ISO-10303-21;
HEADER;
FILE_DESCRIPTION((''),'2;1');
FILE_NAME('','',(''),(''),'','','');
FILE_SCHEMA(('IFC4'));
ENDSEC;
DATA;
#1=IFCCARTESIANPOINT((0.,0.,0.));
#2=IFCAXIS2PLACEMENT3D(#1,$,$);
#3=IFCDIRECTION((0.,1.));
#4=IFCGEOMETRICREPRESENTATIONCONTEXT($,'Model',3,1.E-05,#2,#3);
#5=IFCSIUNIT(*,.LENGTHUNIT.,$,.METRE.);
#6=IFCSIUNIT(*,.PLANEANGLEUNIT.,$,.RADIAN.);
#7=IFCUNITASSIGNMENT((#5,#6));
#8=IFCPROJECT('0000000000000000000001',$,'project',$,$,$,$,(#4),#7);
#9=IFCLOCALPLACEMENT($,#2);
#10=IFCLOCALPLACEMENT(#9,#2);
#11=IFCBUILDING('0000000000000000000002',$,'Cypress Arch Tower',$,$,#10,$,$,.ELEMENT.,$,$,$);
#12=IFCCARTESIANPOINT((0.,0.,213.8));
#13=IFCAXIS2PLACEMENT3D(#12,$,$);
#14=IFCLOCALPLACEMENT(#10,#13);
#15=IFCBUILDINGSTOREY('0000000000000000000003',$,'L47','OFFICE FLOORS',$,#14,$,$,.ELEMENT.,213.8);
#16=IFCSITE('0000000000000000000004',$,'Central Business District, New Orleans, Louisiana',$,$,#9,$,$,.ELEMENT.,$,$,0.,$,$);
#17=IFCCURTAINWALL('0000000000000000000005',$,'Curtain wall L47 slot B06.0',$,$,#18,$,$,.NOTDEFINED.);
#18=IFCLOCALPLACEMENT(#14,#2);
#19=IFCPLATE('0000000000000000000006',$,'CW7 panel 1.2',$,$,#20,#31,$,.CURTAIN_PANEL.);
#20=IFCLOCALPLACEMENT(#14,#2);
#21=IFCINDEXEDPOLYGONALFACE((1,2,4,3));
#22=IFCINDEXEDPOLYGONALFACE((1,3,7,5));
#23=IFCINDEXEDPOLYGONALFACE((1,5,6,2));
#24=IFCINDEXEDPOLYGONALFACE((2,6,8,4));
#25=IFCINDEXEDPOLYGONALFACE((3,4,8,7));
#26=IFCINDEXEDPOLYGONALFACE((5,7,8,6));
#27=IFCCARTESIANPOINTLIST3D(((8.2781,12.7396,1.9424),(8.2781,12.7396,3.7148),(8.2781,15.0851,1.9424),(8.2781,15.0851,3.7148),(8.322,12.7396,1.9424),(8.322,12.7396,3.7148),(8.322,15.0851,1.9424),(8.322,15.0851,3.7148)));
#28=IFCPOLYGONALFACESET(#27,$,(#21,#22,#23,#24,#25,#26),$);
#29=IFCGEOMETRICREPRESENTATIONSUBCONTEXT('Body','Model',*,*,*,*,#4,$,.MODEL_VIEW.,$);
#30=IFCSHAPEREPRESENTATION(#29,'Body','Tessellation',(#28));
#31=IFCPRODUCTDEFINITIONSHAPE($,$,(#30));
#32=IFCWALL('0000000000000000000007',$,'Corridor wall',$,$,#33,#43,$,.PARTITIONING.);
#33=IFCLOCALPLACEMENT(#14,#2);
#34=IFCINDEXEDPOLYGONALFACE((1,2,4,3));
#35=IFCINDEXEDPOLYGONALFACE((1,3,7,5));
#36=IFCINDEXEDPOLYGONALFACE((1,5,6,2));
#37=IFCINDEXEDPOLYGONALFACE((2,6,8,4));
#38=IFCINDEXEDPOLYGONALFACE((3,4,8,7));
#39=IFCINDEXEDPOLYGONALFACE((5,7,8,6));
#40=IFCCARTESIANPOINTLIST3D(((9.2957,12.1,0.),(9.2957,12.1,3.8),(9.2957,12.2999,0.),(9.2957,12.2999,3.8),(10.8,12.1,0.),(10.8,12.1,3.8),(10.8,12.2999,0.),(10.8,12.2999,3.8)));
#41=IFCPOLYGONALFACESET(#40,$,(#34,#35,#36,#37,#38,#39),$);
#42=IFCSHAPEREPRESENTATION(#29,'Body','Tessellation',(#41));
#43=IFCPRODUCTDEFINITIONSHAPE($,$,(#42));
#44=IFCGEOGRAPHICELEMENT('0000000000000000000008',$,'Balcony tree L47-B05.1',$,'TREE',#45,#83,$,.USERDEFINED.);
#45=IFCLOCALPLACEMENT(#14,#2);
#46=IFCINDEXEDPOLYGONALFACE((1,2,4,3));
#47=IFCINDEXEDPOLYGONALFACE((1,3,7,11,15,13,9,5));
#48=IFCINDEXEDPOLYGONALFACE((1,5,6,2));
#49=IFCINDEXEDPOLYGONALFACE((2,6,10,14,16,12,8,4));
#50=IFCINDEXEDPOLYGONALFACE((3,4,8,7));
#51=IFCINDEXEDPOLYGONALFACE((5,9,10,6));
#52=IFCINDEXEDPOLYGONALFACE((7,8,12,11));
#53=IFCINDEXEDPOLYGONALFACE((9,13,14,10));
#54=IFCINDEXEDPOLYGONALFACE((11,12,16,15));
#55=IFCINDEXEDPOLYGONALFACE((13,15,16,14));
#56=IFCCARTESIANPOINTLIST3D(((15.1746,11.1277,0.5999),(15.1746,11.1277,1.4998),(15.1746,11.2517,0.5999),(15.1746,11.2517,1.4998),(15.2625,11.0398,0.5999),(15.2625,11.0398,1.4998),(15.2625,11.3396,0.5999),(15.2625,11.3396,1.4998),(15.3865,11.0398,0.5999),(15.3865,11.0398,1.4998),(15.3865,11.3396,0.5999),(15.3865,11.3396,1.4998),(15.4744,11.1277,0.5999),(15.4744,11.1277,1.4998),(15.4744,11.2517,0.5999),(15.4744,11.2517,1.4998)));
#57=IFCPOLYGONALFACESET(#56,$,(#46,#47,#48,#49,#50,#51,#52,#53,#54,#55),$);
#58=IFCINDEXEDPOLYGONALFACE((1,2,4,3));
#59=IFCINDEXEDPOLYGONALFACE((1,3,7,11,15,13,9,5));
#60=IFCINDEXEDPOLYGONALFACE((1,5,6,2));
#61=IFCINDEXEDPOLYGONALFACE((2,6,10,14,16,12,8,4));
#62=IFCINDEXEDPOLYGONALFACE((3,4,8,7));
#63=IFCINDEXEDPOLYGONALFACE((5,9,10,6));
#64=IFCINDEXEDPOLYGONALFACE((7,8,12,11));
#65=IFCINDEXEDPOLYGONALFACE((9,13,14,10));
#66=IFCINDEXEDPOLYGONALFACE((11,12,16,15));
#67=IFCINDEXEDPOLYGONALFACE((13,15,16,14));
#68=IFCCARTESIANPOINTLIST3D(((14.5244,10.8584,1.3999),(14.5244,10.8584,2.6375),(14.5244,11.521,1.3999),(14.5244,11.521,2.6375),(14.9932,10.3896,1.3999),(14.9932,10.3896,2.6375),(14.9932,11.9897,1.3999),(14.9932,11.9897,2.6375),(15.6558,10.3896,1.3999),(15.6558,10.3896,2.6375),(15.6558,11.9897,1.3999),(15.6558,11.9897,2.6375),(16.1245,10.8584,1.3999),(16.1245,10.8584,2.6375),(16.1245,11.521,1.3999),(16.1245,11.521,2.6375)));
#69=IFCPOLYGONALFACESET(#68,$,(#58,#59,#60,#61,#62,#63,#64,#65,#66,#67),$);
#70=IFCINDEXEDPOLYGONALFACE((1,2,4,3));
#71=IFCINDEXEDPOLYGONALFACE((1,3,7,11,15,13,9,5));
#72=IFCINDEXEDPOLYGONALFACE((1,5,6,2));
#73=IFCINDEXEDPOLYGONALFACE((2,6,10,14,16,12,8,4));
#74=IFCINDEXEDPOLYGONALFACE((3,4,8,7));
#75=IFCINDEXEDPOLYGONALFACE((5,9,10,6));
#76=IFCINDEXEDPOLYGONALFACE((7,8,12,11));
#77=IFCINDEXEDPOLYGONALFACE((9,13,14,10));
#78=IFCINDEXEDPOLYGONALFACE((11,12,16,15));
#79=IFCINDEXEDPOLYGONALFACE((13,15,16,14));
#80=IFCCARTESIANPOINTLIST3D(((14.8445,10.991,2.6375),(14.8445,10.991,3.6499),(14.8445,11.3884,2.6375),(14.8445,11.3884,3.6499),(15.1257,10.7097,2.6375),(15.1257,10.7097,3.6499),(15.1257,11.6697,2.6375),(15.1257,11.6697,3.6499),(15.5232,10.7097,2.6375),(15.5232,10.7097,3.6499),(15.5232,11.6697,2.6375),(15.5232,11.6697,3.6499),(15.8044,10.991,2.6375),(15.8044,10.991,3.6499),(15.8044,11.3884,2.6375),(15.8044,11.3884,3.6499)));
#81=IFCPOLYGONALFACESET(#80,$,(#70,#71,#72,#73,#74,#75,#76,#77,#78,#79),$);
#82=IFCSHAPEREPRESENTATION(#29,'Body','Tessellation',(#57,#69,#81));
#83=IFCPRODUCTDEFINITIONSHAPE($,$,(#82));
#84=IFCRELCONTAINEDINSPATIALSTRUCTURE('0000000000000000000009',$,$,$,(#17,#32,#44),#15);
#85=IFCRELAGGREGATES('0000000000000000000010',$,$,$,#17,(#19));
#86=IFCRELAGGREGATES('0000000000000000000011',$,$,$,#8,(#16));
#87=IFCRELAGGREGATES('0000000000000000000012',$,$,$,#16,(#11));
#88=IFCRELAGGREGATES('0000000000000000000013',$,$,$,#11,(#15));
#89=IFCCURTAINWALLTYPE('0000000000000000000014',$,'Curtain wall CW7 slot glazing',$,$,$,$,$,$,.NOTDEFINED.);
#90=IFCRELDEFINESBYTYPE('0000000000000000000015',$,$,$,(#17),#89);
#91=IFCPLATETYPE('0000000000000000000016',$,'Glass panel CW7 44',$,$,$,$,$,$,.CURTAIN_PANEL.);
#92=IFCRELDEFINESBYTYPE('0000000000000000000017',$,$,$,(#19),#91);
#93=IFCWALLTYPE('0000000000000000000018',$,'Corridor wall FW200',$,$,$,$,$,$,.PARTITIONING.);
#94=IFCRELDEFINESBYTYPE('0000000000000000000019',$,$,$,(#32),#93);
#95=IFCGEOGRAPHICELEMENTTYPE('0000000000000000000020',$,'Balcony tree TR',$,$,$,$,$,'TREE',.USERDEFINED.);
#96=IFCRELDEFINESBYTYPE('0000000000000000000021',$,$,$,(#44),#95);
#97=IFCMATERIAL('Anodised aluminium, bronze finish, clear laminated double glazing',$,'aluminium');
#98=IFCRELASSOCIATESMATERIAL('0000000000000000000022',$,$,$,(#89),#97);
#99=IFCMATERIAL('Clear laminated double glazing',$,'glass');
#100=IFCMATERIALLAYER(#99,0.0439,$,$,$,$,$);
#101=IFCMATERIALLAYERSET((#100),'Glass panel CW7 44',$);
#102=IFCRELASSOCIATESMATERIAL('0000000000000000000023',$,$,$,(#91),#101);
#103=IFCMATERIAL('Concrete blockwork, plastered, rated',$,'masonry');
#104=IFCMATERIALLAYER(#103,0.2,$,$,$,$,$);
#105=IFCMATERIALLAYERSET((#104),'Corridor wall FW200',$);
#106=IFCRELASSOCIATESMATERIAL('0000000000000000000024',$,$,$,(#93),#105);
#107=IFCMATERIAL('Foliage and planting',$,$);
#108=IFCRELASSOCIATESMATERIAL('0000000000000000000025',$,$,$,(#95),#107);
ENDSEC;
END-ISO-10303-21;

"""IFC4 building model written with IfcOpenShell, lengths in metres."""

from ifc_helpers import new_model, si_unit, direction, frame, frame_2d, origin, origin_2d, place, context, subcontext, project, spatial, polyline, rectangle, outline, extrude, material, layer, layer_set, type_object, element, aggregate, save


model = new_model("IFC4")

# Units and contexts
model_context = context("Model", 3, precision=1e-05, world=origin(), true_north=direction((0.0, 1.0)))
body_context = subcontext(model_context, "Body", "Model", "MODEL_VIEW")
ifc_project = project(units=[si_unit("LENGTHUNIT", "METRE"), si_unit("PLANEANGLEUNIT", "RADIAN")], contexts=[model_context])

# Site, building, storey
site_placement = place(None, origin())
site = spatial("IfcSite", under=ifc_project, at=site_placement, Name="Central Business District, New Orleans, Louisiana", CompositionType="ELEMENT", RefElevation=0.0)
building_placement = place(site_placement, origin())
building = spatial("IfcBuilding", under=site, at=building_placement, Name="Cypress Arch Tower", CompositionType="ELEMENT")
storey_placement = place(building_placement, frame((0.0, 0.0, 213.8)))
storey = spatial("IfcBuildingStorey", under=building, at=storey_placement, Name="L47", Description="OFFICE FLOORS", CompositionType="ELEMENT", Elevation=213.8)

# Curtain wall
ifc_material_1 = material(Name="Anodised aluminium, bronze finish, clear laminated double glazing", Category="aluminium")
curtain_wall_type = type_object("IfcCurtainWallType", Name="Curtain wall CW7 slot glazing", PredefinedType="NOTDEFINED", material=ifc_material_1)
curtain_wall_placement = place(storey_placement, origin())
curtain_wall = element("IfcCurtainWall", 1, at=curtain_wall_placement, inside=storey, type_object=curtain_wall_type, Name="Curtain wall L47 slot B06.0", PredefinedType="NOTDEFINED")

# Plate
ifc_material_2 = material(Name="Clear laminated double glazing", Category="glass")
ifc_layer_1 = layer(ifc_material_2, 0.0439)
ifc_layer_set_1 = layer_set([ifc_layer_1], Name="Glass panel CW7 44")
plate_type = type_object("IfcPlateType", Name="Glass panel CW7 44", PredefinedType="CURTAIN_PANEL", material=ifc_layer_set_1)
plate_1_placement = place(storey_placement, frame((8.3, 13.9124, 1.9424), z_axis=(0.0, 0.0, 1.0), x_axis=(0.0, -1.0, 0.0)))
plate_1 = element("IfcPlate", 2, at=plate_1_placement, type_object=plate_type, Name="CW7 panel 1.2", PredefinedType="CURTAIN_PANEL", context=body_context, shape_type="SweptSolid", body=[
    extrude(rectangle(XDim=2.3455, YDim=0.0439, at=origin_2d()), origin(), (0.0, 0.0, 1.0), 1.7725),
])
aggregate(curtain_wall, [plate_1])

# Wall
ifc_material_3 = material(Name="Concrete blockwork, plastered, rated", Category="masonry")
ifc_layer_2 = layer(ifc_material_3, 0.2)
ifc_layer_set_2 = layer_set([ifc_layer_2], Name="Corridor wall FW200")
wall_type_1 = type_object("IfcWallType", Name="Corridor wall FW200", PredefinedType="PARTITIONING", material=ifc_layer_set_2)
wall_1_placement = place(storey_placement, frame((9.2957, 12.2, 0.0), z_axis=(0.0, 0.0, 1.0), x_axis=(1.0, 0.0, 0.0)))
element("IfcWall", 3, at=wall_1_placement, inside=storey, type_object=wall_type_1, Name="Corridor wall", PredefinedType="PARTITIONING", context=body_context, shape_type="SweptSolid", body=[
    extrude(rectangle(XDim=1.5044, YDim=0.2, at=frame_2d((0.7522, 0.0))), origin(), (0.0, 0.0, 1.0), 3.8),
])

# Geographic element
ifc_material_4 = material(Name="Foliage and planting")
geographic_element_type = type_object("IfcGeographicElementType", Name="Balcony tree TR", ElementType="TREE", PredefinedType="USERDEFINED", material=ifc_material_4)
geographic_element_placement = place(storey_placement, frame((15.3245, 11.1897, 0.5999), z_axis=(0.0, 0.0, 1.0), x_axis=(1.0, 0.0, 0.0)))
element("IfcGeographicElement", 4, at=geographic_element_placement, inside=storey, type_object=geographic_element_type, Name="Balcony tree L47-B05.1", ObjectType="TREE", PredefinedType="USERDEFINED", context=body_context, shape_type="SweptSolid", body=[
    extrude(outline(polyline([(0.1499, 0.062), (0.062, 0.1499), (-0.062, 0.1499), (-0.1499, 0.062), (-0.1499, -0.062), (-0.062, -0.1499), (0.062, -0.1499), (0.1499, -0.062), (0.1499, 0.062)])), origin(), (0.0, 0.0, 1.0), 0.8999),
    extrude(outline(polyline([(0.8, 0.3313), (0.3313, 0.8), (-0.3313, 0.8), (-0.8, 0.3313), (-0.8, -0.3313), (-0.3313, -0.8), (0.3313, -0.8), (0.8, -0.3313), (0.8, 0.3313)])), frame((0.0, 0.0, 0.8)), (0.0, 0.0, 1.0), 1.2375),
    extrude(outline(polyline([(0.48, 0.1987), (0.1987, 0.48), (-0.1987, 0.48), (-0.48, 0.1987), (-0.48, -0.1987), (-0.1987, -0.48), (0.1987, -0.48), (0.48, -0.1987), (0.48, 0.1987)])), frame((0.0, 0.0, 2.0376)), (0.0, 0.0, 1.0), 1.0125),
])

save(model, "model.ifc")
